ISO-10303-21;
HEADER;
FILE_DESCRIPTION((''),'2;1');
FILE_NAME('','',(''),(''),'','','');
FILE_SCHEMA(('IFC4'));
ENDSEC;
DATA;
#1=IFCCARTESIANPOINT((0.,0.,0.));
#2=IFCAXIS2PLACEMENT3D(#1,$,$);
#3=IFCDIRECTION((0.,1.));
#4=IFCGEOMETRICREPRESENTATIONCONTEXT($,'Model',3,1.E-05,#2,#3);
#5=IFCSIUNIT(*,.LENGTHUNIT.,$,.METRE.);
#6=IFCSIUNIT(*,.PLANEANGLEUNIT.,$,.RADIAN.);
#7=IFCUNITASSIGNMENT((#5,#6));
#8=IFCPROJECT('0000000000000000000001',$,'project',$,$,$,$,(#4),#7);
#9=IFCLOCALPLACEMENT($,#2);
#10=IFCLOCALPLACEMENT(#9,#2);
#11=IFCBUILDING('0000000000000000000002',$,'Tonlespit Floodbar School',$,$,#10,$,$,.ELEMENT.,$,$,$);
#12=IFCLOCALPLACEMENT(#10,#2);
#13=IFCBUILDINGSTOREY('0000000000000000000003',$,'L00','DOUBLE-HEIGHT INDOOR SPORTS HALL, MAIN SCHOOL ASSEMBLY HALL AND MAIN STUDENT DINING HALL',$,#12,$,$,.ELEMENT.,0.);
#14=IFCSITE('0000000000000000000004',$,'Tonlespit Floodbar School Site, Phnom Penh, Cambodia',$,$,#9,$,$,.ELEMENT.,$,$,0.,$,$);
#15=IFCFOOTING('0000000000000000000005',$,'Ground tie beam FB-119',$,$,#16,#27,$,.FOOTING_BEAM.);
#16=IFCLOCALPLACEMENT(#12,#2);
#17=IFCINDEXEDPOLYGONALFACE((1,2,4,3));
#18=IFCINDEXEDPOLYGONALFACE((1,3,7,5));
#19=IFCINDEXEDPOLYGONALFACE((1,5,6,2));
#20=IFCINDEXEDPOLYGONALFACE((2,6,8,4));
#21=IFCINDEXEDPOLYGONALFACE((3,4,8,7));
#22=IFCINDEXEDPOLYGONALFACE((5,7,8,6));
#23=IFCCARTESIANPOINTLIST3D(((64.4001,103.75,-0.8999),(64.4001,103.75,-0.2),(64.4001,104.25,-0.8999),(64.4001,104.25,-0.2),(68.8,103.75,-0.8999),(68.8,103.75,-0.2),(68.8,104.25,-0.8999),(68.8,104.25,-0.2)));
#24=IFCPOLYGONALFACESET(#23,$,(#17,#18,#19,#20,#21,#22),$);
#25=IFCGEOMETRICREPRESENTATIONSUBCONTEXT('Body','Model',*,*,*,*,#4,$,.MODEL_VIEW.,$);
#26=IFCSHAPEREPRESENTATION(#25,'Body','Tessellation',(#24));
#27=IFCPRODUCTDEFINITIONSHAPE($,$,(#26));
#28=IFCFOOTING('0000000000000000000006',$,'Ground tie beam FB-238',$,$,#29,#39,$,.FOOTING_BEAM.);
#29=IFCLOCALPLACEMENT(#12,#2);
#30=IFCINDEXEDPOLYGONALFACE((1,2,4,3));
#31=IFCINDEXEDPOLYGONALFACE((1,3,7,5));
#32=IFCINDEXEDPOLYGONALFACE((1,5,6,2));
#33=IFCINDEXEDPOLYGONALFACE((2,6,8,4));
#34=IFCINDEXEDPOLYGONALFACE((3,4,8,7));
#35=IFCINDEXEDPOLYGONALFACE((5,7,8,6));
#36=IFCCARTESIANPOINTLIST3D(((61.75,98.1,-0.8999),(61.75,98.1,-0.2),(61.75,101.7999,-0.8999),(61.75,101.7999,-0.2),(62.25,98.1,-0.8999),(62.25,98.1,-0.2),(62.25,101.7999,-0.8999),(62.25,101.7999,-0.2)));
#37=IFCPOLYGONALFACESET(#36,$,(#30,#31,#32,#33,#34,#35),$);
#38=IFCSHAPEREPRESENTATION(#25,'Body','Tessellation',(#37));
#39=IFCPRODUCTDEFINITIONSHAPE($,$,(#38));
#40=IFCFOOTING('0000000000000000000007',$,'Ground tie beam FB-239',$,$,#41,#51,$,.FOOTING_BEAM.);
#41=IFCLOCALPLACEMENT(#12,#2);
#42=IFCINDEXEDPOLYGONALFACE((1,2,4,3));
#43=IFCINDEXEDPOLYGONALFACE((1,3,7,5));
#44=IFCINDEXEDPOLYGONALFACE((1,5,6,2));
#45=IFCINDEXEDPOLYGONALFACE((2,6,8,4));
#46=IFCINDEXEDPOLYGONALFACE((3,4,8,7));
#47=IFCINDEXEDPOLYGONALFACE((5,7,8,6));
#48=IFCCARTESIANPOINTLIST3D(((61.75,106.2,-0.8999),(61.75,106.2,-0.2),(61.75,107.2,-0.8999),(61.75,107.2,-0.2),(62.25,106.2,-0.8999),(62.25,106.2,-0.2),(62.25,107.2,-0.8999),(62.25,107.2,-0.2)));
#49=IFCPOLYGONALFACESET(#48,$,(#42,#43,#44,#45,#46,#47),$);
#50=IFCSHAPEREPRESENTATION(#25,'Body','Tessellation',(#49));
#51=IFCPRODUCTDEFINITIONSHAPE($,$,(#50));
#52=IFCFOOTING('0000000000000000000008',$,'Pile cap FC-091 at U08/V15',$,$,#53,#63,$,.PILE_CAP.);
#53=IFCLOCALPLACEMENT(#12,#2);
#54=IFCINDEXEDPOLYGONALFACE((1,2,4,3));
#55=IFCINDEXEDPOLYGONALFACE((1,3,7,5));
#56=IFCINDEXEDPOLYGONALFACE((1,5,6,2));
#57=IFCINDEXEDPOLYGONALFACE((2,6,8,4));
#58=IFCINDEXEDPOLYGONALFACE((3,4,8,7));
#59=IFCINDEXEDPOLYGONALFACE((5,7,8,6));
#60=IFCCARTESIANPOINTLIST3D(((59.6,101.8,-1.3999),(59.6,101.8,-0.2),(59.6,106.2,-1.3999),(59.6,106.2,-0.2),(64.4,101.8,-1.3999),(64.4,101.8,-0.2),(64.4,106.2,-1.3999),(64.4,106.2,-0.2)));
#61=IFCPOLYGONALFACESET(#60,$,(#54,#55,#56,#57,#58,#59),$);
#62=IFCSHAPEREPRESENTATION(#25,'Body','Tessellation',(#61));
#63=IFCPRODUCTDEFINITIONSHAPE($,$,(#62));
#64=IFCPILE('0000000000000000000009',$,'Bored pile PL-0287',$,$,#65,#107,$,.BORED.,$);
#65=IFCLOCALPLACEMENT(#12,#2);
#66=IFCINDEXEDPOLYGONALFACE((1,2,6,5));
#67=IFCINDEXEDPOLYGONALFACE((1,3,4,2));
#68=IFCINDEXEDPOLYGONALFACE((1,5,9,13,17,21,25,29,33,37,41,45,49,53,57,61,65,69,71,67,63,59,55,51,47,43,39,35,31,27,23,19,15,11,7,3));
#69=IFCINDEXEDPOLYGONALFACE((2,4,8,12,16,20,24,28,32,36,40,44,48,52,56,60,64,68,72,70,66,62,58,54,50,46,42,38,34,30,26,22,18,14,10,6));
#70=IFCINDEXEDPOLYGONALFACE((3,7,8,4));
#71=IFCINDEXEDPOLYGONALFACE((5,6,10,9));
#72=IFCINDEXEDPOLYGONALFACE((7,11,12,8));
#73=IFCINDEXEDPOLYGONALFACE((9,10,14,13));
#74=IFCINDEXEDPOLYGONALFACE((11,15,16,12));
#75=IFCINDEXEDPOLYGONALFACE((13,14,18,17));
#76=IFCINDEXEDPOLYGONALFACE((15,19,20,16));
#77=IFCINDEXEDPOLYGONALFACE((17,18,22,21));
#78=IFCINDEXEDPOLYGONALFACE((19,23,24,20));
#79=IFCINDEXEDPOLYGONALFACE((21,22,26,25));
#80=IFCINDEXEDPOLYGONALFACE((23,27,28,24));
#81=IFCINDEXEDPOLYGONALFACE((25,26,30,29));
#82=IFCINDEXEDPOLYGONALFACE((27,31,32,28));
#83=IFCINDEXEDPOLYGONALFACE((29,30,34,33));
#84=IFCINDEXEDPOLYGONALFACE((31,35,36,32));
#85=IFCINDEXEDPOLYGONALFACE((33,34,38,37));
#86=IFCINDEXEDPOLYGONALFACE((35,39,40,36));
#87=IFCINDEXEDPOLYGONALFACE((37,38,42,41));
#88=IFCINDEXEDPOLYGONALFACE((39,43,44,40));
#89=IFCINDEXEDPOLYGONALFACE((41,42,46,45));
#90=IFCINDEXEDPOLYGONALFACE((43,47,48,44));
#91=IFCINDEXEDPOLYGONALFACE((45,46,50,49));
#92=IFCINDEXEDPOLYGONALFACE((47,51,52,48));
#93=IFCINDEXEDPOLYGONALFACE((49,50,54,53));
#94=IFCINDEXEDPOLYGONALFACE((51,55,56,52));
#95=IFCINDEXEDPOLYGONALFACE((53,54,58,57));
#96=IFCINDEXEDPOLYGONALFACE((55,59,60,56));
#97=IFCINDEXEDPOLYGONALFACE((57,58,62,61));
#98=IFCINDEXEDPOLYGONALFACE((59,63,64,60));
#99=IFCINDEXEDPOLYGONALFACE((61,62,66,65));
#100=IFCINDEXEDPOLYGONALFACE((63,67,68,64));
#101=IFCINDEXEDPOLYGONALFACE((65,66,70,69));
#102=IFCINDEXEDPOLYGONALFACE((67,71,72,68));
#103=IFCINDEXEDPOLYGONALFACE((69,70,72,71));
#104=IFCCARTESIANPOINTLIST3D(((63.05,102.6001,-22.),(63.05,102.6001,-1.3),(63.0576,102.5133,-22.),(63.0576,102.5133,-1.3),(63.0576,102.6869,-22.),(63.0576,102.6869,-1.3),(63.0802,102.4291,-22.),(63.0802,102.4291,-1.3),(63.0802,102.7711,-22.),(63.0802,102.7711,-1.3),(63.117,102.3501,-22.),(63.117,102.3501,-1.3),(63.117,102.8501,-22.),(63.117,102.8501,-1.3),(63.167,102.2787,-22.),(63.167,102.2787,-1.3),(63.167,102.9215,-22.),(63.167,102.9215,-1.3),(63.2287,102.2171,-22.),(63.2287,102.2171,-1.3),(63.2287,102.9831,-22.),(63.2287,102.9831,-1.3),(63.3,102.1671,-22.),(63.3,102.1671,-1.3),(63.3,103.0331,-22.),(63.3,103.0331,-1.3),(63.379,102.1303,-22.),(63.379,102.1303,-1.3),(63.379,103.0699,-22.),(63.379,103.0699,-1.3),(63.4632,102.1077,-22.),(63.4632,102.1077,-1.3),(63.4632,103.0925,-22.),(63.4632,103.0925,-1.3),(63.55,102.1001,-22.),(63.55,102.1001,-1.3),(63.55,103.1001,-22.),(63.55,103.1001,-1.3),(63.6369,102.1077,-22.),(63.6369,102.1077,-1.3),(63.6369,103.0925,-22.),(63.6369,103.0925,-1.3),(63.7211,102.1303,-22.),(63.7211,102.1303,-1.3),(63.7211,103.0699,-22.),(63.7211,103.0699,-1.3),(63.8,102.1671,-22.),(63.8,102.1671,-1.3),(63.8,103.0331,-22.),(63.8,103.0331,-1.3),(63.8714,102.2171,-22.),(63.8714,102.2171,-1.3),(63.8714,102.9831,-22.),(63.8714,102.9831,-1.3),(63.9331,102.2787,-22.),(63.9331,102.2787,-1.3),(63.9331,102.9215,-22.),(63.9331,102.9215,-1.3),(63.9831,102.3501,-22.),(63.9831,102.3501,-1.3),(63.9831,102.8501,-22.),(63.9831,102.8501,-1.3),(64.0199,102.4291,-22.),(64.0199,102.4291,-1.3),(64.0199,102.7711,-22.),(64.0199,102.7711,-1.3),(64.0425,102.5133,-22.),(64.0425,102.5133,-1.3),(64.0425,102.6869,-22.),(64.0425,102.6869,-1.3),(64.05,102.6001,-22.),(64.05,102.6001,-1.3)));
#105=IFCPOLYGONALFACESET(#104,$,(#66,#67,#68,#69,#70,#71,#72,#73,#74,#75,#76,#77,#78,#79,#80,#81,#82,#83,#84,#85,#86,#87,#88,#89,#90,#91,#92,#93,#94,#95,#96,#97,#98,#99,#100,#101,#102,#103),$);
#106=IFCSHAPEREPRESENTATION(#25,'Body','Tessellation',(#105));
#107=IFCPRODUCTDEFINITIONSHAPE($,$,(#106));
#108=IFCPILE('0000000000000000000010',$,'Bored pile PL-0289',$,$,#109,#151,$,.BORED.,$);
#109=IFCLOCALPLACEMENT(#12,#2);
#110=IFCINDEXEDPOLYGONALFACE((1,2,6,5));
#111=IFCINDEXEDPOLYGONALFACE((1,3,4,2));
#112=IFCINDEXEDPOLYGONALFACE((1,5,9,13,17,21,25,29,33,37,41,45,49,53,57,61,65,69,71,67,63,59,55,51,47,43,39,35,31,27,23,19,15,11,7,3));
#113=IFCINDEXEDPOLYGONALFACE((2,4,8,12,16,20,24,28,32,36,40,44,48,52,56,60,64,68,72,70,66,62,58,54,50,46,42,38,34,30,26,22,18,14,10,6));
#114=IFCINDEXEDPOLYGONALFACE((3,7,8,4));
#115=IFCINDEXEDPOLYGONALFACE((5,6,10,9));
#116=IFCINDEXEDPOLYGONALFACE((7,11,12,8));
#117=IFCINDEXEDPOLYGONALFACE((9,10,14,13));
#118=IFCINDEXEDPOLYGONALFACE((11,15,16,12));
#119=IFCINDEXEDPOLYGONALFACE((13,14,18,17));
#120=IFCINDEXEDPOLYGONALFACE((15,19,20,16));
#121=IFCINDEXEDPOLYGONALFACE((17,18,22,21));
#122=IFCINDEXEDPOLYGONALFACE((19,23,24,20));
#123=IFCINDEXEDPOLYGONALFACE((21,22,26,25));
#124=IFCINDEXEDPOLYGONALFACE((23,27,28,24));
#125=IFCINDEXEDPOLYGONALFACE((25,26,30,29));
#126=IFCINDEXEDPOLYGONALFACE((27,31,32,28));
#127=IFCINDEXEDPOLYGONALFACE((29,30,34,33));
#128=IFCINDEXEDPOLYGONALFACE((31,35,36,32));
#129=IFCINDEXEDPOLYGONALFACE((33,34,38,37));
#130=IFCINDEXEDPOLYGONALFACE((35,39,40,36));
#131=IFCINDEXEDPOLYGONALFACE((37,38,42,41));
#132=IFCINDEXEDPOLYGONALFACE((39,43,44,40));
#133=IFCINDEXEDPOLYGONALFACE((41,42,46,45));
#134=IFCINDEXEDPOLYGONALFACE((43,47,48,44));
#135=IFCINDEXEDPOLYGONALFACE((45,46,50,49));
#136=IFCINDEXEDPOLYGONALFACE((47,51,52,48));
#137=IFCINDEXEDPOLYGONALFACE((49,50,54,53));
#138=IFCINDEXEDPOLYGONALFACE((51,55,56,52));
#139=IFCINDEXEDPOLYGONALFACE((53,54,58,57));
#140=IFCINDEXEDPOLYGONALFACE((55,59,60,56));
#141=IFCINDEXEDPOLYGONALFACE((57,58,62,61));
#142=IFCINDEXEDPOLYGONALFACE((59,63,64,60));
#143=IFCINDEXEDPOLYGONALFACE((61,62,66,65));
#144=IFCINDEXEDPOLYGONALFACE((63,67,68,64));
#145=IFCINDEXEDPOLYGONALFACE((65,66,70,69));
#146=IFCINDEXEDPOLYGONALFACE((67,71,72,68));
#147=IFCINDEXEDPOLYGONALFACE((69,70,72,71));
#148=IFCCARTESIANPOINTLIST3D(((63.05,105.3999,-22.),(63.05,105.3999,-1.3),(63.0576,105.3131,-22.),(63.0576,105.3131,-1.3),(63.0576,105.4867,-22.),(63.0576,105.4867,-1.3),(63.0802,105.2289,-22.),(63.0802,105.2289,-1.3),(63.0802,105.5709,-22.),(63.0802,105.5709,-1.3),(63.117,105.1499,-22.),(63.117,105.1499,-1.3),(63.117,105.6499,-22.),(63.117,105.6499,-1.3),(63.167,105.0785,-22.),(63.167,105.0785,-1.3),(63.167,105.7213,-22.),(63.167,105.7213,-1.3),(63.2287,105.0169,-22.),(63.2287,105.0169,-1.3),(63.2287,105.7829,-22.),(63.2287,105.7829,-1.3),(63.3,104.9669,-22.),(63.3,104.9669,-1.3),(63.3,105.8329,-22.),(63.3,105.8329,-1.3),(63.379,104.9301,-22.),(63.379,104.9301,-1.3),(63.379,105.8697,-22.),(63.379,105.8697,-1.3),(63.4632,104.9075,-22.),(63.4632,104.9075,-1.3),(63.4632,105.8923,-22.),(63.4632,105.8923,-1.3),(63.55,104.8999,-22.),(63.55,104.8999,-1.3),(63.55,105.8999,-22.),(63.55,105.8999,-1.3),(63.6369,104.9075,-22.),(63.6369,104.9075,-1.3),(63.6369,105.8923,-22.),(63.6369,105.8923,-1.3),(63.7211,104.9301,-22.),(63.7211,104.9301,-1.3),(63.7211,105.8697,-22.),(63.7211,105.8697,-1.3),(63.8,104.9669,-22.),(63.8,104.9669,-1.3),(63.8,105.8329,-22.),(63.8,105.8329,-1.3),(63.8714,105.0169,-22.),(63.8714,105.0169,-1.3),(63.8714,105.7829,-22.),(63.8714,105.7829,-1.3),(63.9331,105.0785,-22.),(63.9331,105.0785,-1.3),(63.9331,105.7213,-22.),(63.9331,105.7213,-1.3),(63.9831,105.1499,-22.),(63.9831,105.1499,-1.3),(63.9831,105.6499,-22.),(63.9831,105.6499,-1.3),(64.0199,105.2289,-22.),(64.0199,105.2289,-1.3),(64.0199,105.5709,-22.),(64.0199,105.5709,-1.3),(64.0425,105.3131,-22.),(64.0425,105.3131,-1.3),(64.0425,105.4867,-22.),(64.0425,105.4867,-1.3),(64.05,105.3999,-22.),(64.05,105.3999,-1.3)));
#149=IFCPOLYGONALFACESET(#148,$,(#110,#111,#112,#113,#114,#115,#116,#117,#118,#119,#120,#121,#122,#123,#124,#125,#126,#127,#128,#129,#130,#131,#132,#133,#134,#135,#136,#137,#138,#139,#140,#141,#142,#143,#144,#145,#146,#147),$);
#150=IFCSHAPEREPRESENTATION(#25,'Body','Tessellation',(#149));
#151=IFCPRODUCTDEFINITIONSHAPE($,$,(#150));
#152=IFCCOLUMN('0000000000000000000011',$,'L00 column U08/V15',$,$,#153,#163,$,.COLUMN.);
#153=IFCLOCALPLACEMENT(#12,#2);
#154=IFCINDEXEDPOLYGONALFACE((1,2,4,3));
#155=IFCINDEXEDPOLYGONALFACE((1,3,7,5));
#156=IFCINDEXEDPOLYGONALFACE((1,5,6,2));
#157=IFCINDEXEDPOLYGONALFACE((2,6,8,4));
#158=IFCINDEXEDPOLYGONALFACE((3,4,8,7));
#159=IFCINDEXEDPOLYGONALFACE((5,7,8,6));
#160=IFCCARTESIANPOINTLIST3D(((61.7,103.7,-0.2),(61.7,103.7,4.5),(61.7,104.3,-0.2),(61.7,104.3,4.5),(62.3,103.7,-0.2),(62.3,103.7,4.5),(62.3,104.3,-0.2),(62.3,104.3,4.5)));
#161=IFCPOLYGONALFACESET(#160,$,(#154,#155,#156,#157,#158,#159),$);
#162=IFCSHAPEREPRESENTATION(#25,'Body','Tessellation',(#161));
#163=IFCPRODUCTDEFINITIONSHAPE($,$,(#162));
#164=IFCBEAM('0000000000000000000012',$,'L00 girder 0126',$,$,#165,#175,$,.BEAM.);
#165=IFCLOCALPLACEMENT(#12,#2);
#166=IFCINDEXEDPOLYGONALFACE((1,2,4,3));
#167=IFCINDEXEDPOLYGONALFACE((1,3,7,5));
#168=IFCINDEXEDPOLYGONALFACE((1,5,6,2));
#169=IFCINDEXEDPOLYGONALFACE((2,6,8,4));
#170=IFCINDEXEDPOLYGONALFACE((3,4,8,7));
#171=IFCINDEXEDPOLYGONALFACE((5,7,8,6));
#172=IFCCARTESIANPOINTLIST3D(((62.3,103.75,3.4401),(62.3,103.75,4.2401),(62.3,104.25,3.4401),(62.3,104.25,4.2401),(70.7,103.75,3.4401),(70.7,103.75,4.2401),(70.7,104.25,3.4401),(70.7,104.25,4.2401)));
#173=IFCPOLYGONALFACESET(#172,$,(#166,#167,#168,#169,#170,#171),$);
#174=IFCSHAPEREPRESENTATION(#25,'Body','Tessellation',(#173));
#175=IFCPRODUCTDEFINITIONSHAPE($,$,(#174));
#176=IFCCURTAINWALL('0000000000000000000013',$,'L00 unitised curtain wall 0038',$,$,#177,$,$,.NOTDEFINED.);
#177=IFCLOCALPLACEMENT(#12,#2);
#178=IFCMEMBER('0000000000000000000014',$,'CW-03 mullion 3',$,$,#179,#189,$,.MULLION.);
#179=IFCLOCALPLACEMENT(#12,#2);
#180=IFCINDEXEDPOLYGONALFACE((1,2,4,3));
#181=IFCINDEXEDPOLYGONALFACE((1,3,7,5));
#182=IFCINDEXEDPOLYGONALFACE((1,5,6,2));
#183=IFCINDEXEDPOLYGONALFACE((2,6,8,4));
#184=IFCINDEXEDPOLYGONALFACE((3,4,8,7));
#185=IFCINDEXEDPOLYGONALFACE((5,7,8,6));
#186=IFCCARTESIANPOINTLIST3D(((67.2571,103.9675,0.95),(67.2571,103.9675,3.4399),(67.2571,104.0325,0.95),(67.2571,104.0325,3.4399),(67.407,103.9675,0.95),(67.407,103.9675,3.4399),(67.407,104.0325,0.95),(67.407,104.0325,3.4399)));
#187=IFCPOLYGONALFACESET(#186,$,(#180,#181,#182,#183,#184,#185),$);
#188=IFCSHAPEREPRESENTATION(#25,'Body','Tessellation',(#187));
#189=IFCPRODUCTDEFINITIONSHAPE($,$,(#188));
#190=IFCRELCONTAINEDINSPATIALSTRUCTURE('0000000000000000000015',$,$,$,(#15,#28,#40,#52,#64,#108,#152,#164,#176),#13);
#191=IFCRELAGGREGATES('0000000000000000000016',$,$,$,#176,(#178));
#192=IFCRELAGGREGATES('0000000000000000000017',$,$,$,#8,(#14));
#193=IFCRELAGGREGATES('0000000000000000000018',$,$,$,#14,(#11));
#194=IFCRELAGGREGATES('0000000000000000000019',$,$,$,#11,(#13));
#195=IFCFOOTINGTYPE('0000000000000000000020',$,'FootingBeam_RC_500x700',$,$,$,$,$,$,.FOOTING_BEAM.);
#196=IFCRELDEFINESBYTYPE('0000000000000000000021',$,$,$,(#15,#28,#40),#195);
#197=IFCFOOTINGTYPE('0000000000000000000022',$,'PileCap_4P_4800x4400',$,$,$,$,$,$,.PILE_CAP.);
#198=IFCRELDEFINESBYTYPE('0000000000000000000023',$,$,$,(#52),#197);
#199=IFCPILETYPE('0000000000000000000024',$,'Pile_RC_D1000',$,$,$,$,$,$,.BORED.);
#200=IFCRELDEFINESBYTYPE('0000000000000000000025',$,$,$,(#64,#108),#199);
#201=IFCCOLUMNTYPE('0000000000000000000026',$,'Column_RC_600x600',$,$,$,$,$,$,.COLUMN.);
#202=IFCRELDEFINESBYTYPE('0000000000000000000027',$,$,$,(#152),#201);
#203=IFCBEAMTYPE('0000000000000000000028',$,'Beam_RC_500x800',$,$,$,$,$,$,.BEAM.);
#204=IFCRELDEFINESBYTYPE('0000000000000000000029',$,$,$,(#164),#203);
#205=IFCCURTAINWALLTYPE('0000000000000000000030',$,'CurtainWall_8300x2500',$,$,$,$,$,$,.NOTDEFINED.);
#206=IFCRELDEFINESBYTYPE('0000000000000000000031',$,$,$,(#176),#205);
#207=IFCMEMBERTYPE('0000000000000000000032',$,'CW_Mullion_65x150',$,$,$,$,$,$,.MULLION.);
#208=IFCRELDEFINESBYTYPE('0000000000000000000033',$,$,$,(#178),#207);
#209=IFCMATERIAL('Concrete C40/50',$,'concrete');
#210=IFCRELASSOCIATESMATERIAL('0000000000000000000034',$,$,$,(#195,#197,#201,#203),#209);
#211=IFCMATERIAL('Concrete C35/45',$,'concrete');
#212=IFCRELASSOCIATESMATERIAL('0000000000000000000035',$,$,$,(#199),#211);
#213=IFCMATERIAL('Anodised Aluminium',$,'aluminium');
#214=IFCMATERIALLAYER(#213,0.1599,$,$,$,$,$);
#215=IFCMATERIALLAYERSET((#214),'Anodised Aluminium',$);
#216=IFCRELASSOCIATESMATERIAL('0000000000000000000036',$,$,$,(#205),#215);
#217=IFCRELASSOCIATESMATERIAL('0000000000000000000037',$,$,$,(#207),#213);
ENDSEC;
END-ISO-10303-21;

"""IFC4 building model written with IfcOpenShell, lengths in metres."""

from ifc_helpers import new_model, si_unit, direction, frame, origin, origin_2d, place, context, subcontext, project, spatial, rectangle, circle, extrude, material, layer, layer_set, material_profile, profile_set, type_object, element, aggregate, save


model = new_model("IFC4")

# Units and contexts
model_context = context("Model", 3, precision=1e-05, world=origin(), true_north=direction((0.0, 1.0)))
body_context = subcontext(model_context, "Body", "Model", "MODEL_VIEW")
ifc_project = project(units=[si_unit("LENGTHUNIT", "METRE"), si_unit("PLANEANGLEUNIT", "RADIAN")], contexts=[model_context])

# Site, building, storey
site_placement = place(None, origin())
site = spatial("IfcSite", under=ifc_project, at=site_placement, Name="Tonlespit Floodbar School Site, Phnom Penh, Cambodia", CompositionType="ELEMENT", RefElevation=0.0)
building_placement = place(site_placement, origin())
building = spatial("IfcBuilding", under=site, at=building_placement, Name="Tonlespit Floodbar School", CompositionType="ELEMENT")
storey_placement = place(building_placement, origin())
storey = spatial("IfcBuildingStorey", under=building, at=storey_placement, Name="L00", Description="DOUBLE-HEIGHT INDOOR SPORTS HALL, MAIN SCHOOL ASSEMBLY HALL AND MAIN STUDENT DINING HALL", CompositionType="ELEMENT", Elevation=0.0)

# Footings
ifc_material_1 = material(Name="Concrete C40/50", Category="concrete")
footing_type_1 = type_object("IfcFootingType", Name="FootingBeam_RC_500x700", PredefinedType="FOOTING_BEAM", material=ifc_material_1)
footing_1_placement = place(storey_placement, frame((66.6001, 104.0, -0.8999), z_axis=(0.0, 0.0, 1.0), x_axis=(1.0, 0.0, 0.0)))
element("IfcFooting", 1, at=footing_1_placement, inside=storey, type_object=footing_type_1, Name="Ground tie beam FB-119", PredefinedType="FOOTING_BEAM", context=body_context, shape_type="SweptSolid", body=[
    extrude(rectangle(XDim=4.3999, YDim=0.5, at=origin_2d()), origin(), (0.0, 0.0, 1.0), 0.7),
])
footing_2_placement = place(storey_placement, frame((62.0, 99.95, -0.8999), z_axis=(0.0, 0.0, 1.0), x_axis=(0.0, 1.0, 0.0)))
element("IfcFooting", 2, at=footing_2_placement, inside=storey, type_object=footing_type_1, Name="Ground tie beam FB-238", PredefinedType="FOOTING_BEAM", context=body_context, shape_type="SweptSolid", body=[
    extrude(rectangle(XDim=3.7, YDim=0.5, at=origin_2d()), origin(), (0.0, 0.0, 1.0), 0.7),
])
footing_3_placement = place(storey_placement, frame((62.0, 106.7, -0.8999), z_axis=(0.0, 0.0, 1.0), x_axis=(0.0, 1.0, 0.0)))
element("IfcFooting", 3, at=footing_3_placement, inside=storey, type_object=footing_type_1, Name="Ground tie beam FB-239", PredefinedType="FOOTING_BEAM", context=body_context, shape_type="SweptSolid", body=[
    extrude(rectangle(XDim=1.0, YDim=0.5, at=origin_2d()), origin(), (0.0, 0.0, 1.0), 0.7),
])
footing_type_2 = type_object("IfcFootingType", Name="PileCap_4P_4800x4400", PredefinedType="PILE_CAP", material=ifc_material_1)
footing_4_placement = place(storey_placement, frame((62.0, 104.0, -1.3999), z_axis=(0.0, 0.0, 1.0), x_axis=(1.0, 0.0, 0.0)))
element("IfcFooting", 4, at=footing_4_placement, inside=storey, type_object=footing_type_2, Name="Pile cap FC-091 at U08/V15", PredefinedType="PILE_CAP", context=body_context, shape_type="SweptSolid", body=[
    extrude(rectangle(XDim=4.8, YDim=4.3999, at=origin_2d()), origin(), (0.0, 0.0, 1.0), 1.2),
])

# Piles
ifc_material_2 = material(Name="Concrete C35/45", Category="concrete")
ifc_material_profile_1 = material_profile(ifc_material_2, circle(Radius=0.5, at=origin_2d()), Name="BP D1000")
ifc_profile_set_1 = profile_set([ifc_material_profile_1], Name="Concrete C35/45")
pile_type = type_object("IfcPileType", Name="Pile_RC_D1000", PredefinedType="BORED", material=ifc_profile_set_1)
for number, where, z_axis, x_axis, name in (
    (5, (63.55, 102.6001, -1.3), (0.0, 0.0, -1.0), (1.0, 0.0, 0.0), "Bored pile PL-0287"),
    (6, (63.55, 105.3999, -1.3), (0.0, 0.0, -1.0), (1.0, 0.0, 0.0), "Bored pile PL-0289"),
):
    element("IfcPile", number, at=place(storey_placement, frame(where, z_axis=z_axis, x_axis=x_axis)), inside=storey, type_object=pile_type, Name=name, PredefinedType="BORED", context=body_context, shape_type="SweptSolid", body=[
        extrude(circle(Radius=0.5, at=origin_2d()), origin(), (0.0, 0.0, 1.0), 20.7),
    ])

# Column
ifc_material_profile_2 = material_profile(ifc_material_1, rectangle(XDim=0.6001, YDim=0.6001, at=origin_2d()), Name="RC 600x600")
ifc_profile_set_2 = profile_set([ifc_material_profile_2], Name="Concrete C40/50")
column_type = type_object("IfcColumnType", Name="Column_RC_600x600", PredefinedType="COLUMN", material=ifc_profile_set_2)
column_placement = place(storey_placement, frame((62.0, 104.0, -0.2), z_axis=(0.0, 0.0, 1.0), x_axis=(1.0, 0.0, 0.0)))
element("IfcColumn", 7, at=column_placement, inside=storey, type_object=column_type, Name="L00 column U08/V15", PredefinedType="COLUMN", context=body_context, shape_type="SweptSolid", body=[
    extrude(rectangle(XDim=0.6001, YDim=0.6001, at=origin_2d()), origin(), (0.0, 0.0, 1.0), 4.7),
])

# Beam
ifc_material_profile_3 = material_profile(ifc_material_1, rectangle(XDim=0.5, YDim=0.8, at=origin_2d()), Name="RC 500x800")
ifc_profile_set_3 = profile_set([ifc_material_profile_3], Name="Concrete C40/50")
beam_type = type_object("IfcBeamType", Name="Beam_RC_500x800", PredefinedType="BEAM", material=ifc_profile_set_3)
beam_placement = place(storey_placement, frame((62.3, 104.0, 3.8401), z_axis=(1.0, 0.0, 0.0), x_axis=(0.0, 1.0, 0.0)))
element("IfcBeam", 8, at=beam_placement, inside=storey, type_object=beam_type, Name="L00 girder 0126", PredefinedType="BEAM", context=body_context, shape_type="SweptSolid", body=[
    extrude(rectangle(XDim=0.5, YDim=0.8, at=origin_2d()), origin(), (0.0, 0.0, 1.0), 8.3999),
])

# Curtain wall, member
ifc_material_3 = material(Name="Anodised Aluminium", Category="aluminium")
ifc_layer_1 = layer(ifc_material_3, 0.1599)
ifc_layer_set_1 = layer_set([ifc_layer_1], Name="Anodised Aluminium")
curtain_wall_type = type_object("IfcCurtainWallType", Name="CurtainWall_8300x2500", PredefinedType="NOTDEFINED", material=ifc_layer_set_1)
curtain_wall_placement = place(storey_placement, origin())
curtain_wall = element("IfcCurtainWall", 9, at=curtain_wall_placement, inside=storey, type_object=curtain_wall_type, Name="L00 unitised curtain wall 0038", PredefinedType="NOTDEFINED")
ifc_material_profile_4 = material_profile(ifc_material_3, rectangle(XDim=0.0649, YDim=0.1499, at=origin_2d()), Name="ALU M65x150")
ifc_profile_set_4 = profile_set([ifc_material_profile_4], Name="Anodised Aluminium")
member_type_1 = type_object("IfcMemberType", Name="CW_Mullion_65x150", PredefinedType="MULLION", material=ifc_profile_set_4)
member_1_placement = place(storey_placement, frame((67.332, 104.0, 0.95), z_axis=(0.0, 0.0, 1.0), x_axis=(0.0, -1.0, 0.0)))
member_1 = element("IfcMember", 10, at=member_1_placement, type_object=member_type_1, Name="CW-03 mullion 3", PredefinedType="MULLION", context=body_context, shape_type="SweptSolid", body=[
    extrude(rectangle(XDim=0.0649, YDim=0.1499, at=origin_2d()), origin(), (0.0, 0.0, 1.0), 2.49),
])
aggregate(curtain_wall, [member_1])

save(model, "model.ifc")
